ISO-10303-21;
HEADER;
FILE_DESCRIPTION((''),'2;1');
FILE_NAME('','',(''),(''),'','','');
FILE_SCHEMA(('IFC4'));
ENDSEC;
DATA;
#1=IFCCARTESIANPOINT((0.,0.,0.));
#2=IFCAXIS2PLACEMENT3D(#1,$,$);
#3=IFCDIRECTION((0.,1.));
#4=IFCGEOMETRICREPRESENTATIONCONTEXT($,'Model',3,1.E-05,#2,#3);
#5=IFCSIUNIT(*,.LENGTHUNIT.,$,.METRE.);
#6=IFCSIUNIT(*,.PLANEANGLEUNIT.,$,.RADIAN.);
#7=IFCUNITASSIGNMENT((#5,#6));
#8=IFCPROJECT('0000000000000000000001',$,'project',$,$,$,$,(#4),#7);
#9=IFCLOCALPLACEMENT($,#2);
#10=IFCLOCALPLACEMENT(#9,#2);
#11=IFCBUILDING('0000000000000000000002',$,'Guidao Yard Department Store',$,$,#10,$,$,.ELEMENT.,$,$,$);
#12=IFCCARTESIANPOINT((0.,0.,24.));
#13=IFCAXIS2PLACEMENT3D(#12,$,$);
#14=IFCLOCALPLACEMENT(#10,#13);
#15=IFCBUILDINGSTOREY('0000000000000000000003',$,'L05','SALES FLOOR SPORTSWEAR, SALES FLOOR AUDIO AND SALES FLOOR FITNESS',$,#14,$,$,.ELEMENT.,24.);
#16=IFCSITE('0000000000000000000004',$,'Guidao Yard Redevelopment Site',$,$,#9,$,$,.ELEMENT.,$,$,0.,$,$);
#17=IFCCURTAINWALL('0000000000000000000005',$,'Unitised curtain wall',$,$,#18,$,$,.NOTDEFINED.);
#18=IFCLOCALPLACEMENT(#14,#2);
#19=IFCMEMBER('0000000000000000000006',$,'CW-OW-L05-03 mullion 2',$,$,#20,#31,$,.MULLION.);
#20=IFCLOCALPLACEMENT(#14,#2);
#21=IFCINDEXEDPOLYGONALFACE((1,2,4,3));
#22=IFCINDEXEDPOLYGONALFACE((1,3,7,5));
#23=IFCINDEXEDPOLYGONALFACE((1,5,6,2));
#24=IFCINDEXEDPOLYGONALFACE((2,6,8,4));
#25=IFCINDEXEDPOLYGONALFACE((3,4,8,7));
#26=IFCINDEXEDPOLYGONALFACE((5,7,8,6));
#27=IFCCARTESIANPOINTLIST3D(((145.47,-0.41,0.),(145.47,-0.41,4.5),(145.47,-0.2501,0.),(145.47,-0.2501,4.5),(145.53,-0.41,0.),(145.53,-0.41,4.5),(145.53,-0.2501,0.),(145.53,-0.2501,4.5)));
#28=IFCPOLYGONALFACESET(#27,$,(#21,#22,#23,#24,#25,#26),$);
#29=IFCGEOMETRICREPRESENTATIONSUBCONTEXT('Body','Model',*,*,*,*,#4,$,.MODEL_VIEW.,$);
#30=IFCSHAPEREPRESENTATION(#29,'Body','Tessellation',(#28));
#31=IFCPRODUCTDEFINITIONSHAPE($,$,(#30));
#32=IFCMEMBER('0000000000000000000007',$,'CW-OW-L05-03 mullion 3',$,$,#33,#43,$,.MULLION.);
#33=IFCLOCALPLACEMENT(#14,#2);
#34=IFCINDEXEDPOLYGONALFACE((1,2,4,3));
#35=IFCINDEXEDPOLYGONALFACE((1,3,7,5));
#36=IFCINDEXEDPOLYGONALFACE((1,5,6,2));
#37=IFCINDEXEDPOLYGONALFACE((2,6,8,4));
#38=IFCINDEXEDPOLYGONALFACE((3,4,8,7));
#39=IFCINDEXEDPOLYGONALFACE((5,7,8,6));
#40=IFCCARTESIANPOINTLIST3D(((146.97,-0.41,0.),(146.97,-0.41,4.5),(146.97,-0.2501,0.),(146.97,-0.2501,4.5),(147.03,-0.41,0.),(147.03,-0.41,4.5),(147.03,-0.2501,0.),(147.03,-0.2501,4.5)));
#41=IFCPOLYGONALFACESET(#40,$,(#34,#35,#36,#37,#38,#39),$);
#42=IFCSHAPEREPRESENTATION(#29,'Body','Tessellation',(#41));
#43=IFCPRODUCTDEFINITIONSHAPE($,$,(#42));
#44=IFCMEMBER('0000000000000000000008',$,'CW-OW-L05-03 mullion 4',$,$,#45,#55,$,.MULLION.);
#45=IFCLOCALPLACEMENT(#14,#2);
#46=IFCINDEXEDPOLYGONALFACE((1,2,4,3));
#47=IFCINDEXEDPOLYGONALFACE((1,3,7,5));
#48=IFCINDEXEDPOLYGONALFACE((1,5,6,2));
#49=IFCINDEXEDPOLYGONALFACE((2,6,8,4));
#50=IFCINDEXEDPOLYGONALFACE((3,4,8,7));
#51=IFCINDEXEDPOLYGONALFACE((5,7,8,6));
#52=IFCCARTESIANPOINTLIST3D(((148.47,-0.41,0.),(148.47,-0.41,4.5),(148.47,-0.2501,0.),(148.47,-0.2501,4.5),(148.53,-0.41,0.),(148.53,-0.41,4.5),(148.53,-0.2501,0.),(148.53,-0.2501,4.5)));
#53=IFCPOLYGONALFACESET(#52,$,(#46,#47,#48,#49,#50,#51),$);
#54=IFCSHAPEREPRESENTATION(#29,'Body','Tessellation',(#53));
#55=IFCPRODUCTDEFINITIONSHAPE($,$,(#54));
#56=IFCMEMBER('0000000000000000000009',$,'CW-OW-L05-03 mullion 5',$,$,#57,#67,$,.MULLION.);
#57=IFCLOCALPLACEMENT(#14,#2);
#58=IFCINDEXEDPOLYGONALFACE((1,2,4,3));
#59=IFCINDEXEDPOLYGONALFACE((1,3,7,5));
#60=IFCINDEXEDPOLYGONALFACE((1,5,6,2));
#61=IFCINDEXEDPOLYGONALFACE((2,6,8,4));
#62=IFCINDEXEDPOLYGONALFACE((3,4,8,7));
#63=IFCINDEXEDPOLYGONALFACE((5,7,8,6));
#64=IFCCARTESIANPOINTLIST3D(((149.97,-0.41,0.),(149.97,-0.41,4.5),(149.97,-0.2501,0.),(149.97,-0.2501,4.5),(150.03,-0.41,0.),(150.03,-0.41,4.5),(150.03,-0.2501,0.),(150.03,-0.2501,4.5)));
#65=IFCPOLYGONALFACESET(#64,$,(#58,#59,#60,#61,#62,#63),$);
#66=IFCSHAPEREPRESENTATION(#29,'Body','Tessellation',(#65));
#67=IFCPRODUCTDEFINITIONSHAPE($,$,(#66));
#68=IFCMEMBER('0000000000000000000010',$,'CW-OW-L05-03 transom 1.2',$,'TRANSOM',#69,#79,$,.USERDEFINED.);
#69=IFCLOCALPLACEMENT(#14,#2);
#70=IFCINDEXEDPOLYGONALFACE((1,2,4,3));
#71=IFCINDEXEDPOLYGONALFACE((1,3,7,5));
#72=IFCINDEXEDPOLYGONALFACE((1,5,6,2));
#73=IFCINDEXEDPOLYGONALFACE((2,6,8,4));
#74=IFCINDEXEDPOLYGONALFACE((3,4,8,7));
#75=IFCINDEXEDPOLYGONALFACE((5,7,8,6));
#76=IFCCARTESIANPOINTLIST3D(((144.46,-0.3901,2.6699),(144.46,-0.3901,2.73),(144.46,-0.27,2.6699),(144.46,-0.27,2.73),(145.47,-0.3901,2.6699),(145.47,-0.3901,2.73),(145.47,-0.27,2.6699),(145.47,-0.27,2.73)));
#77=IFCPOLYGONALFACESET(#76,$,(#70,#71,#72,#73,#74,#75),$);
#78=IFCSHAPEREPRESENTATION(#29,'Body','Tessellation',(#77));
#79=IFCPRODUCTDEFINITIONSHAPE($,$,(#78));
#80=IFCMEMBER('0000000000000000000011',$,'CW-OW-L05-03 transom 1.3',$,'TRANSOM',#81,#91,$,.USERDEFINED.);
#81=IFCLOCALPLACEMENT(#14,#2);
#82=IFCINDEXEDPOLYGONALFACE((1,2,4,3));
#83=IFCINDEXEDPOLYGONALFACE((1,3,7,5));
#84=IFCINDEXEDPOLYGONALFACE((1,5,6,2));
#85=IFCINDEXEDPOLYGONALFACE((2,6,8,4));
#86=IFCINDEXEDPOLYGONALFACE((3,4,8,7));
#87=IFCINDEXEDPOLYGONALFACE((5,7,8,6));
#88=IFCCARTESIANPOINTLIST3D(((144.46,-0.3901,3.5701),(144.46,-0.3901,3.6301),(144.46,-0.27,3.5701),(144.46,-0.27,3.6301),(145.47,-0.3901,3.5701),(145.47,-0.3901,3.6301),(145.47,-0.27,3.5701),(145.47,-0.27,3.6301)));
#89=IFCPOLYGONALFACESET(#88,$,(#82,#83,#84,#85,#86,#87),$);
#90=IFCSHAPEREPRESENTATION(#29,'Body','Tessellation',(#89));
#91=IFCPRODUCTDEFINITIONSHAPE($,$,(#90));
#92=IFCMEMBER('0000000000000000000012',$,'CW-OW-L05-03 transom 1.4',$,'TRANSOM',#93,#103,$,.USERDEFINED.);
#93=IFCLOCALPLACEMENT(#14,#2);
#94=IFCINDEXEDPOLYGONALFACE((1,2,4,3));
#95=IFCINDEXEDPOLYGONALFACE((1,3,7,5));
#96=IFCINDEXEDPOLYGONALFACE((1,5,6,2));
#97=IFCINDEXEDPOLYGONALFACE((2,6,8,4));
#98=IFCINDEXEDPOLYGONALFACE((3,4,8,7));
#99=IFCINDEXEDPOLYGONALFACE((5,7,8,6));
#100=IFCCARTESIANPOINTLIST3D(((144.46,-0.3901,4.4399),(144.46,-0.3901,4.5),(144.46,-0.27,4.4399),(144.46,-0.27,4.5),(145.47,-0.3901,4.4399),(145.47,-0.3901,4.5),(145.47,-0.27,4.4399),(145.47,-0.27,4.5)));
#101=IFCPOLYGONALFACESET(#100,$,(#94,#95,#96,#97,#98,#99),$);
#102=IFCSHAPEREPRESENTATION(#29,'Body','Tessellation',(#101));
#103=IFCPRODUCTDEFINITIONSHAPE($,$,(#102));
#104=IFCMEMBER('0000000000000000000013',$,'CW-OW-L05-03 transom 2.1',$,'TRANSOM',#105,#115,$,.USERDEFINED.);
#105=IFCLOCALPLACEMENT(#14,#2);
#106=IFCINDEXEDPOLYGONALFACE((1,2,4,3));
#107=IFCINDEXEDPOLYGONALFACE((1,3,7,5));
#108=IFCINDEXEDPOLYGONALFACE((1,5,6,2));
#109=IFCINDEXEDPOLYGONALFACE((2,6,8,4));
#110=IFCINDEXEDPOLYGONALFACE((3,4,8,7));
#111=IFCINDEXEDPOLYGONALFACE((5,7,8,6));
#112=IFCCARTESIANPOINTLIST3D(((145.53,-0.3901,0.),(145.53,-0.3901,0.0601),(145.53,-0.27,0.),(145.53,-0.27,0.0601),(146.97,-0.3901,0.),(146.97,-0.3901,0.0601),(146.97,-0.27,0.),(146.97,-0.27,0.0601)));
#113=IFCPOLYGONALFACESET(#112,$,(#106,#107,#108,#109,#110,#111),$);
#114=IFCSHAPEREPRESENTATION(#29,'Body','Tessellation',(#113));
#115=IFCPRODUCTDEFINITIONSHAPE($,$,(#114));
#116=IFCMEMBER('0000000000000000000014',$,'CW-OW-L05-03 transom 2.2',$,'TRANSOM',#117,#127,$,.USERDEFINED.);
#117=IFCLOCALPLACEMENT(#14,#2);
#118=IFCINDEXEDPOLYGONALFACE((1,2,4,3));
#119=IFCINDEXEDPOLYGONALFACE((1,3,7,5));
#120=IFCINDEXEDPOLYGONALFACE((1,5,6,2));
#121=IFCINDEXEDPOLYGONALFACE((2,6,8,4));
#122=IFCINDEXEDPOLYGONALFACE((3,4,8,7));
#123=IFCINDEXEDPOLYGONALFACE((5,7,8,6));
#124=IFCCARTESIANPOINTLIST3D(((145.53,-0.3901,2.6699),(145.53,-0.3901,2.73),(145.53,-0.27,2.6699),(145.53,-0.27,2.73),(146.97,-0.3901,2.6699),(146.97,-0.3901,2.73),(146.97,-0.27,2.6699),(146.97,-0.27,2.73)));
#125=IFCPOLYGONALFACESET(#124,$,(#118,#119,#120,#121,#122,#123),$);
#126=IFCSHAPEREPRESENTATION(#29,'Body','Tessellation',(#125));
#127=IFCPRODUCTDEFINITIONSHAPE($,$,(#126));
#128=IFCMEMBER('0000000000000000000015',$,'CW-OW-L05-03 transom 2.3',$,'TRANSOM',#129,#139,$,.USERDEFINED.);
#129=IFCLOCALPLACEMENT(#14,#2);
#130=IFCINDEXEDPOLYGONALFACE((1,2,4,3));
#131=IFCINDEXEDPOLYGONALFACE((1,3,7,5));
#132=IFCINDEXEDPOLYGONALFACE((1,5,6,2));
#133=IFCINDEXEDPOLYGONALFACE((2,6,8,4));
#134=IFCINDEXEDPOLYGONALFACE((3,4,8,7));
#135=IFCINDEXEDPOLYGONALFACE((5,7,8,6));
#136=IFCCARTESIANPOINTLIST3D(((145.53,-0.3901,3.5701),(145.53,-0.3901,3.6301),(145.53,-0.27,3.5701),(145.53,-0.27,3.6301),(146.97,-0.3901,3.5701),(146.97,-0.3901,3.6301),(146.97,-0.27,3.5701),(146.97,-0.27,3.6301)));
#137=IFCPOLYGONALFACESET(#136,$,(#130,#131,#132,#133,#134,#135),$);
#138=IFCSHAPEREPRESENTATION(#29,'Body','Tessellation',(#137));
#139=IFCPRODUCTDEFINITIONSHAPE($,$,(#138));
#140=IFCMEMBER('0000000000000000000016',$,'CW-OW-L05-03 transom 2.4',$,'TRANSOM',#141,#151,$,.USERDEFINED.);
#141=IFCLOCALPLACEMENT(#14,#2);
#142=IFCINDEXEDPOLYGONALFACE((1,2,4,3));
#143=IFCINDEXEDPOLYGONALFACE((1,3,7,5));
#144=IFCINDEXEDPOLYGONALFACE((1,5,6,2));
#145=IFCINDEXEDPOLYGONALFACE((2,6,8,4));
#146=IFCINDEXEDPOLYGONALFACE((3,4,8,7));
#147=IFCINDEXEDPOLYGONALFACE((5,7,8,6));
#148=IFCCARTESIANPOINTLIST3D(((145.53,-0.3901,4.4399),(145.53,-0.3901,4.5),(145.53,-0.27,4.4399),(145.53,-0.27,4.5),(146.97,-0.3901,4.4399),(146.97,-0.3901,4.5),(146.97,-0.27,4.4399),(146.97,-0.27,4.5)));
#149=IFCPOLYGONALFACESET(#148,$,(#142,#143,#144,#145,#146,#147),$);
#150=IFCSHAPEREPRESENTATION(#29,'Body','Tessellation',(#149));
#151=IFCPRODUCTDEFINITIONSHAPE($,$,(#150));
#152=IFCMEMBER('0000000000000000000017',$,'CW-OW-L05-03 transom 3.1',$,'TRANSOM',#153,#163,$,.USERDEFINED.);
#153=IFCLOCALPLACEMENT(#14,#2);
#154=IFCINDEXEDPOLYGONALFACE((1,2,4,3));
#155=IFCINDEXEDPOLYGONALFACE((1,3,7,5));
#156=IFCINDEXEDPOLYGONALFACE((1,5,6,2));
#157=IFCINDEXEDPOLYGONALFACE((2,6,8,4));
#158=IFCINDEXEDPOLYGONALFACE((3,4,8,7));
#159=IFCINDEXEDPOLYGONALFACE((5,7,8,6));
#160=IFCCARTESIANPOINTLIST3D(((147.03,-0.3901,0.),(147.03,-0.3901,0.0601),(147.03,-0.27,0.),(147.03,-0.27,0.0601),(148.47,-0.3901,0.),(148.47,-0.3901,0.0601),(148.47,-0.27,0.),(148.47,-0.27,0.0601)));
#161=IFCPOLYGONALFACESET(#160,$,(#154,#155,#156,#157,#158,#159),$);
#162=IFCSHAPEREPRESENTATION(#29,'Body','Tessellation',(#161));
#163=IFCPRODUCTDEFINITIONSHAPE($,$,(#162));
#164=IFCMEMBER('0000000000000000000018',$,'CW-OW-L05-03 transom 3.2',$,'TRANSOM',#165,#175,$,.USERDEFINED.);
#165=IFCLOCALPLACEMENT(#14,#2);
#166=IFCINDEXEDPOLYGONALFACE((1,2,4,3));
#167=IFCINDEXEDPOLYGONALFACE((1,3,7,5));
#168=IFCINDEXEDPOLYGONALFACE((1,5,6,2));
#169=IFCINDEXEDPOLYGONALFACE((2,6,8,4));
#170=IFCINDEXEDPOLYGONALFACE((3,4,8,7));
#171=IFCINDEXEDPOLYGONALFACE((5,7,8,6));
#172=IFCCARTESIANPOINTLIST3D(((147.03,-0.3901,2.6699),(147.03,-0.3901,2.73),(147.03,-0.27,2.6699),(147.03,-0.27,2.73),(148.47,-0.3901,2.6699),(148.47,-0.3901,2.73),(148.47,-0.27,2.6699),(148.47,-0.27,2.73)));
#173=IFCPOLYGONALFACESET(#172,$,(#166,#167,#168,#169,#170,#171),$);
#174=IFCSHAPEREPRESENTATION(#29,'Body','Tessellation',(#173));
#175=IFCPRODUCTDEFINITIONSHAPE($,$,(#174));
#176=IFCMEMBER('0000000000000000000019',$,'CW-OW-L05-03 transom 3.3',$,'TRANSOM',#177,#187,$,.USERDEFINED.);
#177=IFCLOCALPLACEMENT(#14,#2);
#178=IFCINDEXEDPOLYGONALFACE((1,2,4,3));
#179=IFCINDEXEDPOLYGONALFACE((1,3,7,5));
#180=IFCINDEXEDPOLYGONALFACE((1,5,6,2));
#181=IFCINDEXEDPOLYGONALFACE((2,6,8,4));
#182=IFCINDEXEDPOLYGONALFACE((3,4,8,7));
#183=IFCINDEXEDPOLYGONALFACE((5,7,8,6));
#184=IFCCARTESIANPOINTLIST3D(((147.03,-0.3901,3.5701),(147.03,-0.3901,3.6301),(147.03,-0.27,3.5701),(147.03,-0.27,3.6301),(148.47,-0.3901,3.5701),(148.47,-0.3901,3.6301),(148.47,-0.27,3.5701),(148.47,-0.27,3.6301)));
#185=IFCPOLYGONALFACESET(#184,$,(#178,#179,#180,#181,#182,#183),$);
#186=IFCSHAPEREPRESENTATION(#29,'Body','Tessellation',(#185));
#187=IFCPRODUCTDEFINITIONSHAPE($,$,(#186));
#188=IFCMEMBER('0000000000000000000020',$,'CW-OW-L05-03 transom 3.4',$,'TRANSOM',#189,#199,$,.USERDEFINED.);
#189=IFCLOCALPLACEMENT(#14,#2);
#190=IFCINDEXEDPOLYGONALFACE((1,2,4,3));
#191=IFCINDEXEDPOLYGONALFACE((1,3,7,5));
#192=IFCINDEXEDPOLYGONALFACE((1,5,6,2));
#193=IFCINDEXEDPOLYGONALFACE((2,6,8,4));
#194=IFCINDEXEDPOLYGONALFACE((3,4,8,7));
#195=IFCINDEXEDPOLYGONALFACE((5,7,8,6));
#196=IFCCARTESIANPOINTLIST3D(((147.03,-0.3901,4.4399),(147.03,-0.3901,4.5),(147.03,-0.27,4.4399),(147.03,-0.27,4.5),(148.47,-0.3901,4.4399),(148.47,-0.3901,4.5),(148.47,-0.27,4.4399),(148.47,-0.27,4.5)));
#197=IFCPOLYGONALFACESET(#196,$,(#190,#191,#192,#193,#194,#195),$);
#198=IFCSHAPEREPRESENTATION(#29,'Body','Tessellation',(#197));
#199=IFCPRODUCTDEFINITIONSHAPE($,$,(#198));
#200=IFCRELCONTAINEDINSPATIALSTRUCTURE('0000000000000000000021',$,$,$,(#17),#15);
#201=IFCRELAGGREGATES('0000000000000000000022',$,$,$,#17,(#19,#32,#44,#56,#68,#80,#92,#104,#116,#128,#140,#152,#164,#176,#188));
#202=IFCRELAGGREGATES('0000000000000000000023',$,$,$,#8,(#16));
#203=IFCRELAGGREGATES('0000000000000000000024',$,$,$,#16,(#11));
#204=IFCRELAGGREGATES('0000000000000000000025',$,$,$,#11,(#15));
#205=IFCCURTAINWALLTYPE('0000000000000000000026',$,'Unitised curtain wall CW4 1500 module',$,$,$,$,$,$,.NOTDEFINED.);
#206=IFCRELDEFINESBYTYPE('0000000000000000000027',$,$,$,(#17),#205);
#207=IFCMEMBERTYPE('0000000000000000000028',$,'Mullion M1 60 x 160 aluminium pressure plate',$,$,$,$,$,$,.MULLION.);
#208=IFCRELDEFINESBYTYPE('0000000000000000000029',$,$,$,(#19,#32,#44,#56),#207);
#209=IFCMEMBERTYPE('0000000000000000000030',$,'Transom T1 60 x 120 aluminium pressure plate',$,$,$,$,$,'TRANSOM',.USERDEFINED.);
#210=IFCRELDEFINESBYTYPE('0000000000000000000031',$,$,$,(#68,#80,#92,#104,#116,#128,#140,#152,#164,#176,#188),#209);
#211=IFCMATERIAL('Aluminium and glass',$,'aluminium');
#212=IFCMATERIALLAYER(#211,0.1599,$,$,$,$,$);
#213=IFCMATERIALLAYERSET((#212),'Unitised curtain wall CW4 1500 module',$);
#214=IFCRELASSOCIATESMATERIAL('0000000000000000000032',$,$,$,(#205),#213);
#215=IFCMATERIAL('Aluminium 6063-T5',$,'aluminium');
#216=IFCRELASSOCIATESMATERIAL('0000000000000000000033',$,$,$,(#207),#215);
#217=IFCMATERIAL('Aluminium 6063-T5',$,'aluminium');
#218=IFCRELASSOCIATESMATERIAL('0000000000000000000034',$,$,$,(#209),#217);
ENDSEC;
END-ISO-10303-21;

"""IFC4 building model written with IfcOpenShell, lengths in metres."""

from ifc_helpers import new_model, si_unit, direction, frame, origin, origin_2d, place, context, subcontext, project, spatial, rectangle, extrude, material, layer, layer_set, material_profile, profile_set, type_object, element, aggregate, save


model = new_model("IFC4")

# Units and contexts
model_context = context("Model", 3, precision=1e-05, world=origin(), true_north=direction((0.0, 1.0)))
body_context = subcontext(model_context, "Body", "Model", "MODEL_VIEW")
ifc_project = project(units=[si_unit("LENGTHUNIT", "METRE"), si_unit("PLANEANGLEUNIT", "RADIAN")], contexts=[model_context])

# Site, building, storey
site_placement = place(None, origin())
site = spatial("IfcSite", under=ifc_project, at=site_placement, Name="Guidao Yard Redevelopment Site", CompositionType="ELEMENT", RefElevation=0.0)
building_placement = place(site_placement, origin())
building = spatial("IfcBuilding", under=site, at=building_placement, Name="Guidao Yard Department Store", CompositionType="ELEMENT")
storey_placement = place(building_placement, frame((0.0, 0.0, 24.0)))
storey = spatial("IfcBuildingStorey", under=building, at=storey_placement, Name="L05", Description="SALES FLOOR SPORTSWEAR, SALES FLOOR AUDIO AND SALES FLOOR FITNESS", CompositionType="ELEMENT", Elevation=24.0)

# Curtain wall, members
ifc_material_1 = material(Name="Aluminium and glass", Category="aluminium")
ifc_layer_1 = layer(ifc_material_1, 0.1599)
ifc_layer_set_1 = layer_set([ifc_layer_1], Name="Unitised curtain wall CW4 1500 module")
curtain_wall_type = type_object("IfcCurtainWallType", Name="Unitised curtain wall CW4 1500 module", PredefinedType="NOTDEFINED", material=ifc_layer_set_1)
curtain_wall_placement = place(storey_placement, origin())
curtain_wall = element("IfcCurtainWall", 1, at=curtain_wall_placement, inside=storey, type_object=curtain_wall_type, Name="Unitised curtain wall", PredefinedType="NOTDEFINED")
ifc_material_2 = material(Name="Aluminium 6063-T5", Category="aluminium")
ifc_material_profile_1 = material_profile(ifc_material_2, rectangle(XDim=0.0601, YDim=0.1599, at=origin_2d()), Name="Mullion M1 60 x 160 aluminium pressure plate")
ifc_profile_set_1 = profile_set([ifc_material_profile_1], Name="Aluminium 6063-T5")
member_type_1 = type_object("IfcMemberType", Name="Mullion M1 60 x 160 aluminium pressure plate", PredefinedType="MULLION", material=ifc_profile_set_1)
member_1_placement = place(storey_placement, frame((145.5, -0.3301, 0.0), z_axis=(0.0, 0.0, 1.0), x_axis=(-1.0, 0.0, 0.0)))
member_1 = element("IfcMember", 2, at=member_1_placement, type_object=member_type_1, Name="CW-OW-L05-03 mullion 2", PredefinedType="MULLION", context=body_context, shape_type="SweptSolid", body=[
    extrude(rectangle(XDim=0.0601, YDim=0.1599, at=origin_2d()), origin(), (0.0, 0.0, 1.0), 4.5),
])
member_2_placement = place(storey_placement, frame((147.0, -0.3301, 0.0), z_axis=(0.0, 0.0, 1.0), x_axis=(-1.0, 0.0, 0.0)))
member_2 = element("IfcMember", 3, at=member_2_placement, type_object=member_type_1, Name="CW-OW-L05-03 mullion 3", PredefinedType="MULLION", context=body_context, shape_type="SweptSolid", body=[
    extrude(rectangle(XDim=0.0601, YDim=0.1599, at=origin_2d()), origin(), (0.0, 0.0, 1.0), 4.5),
])
member_3_placement = place(storey_placement, frame((148.5, -0.3301, 0.0), z_axis=(0.0, 0.0, 1.0), x_axis=(-1.0, 0.0, 0.0)))
member_3 = element("IfcMember", 4, at=member_3_placement, type_object=member_type_1, Name="CW-OW-L05-03 mullion 4", PredefinedType="MULLION", context=body_context, shape_type="SweptSolid", body=[
    extrude(rectangle(XDim=0.0601, YDim=0.1599, at=origin_2d()), origin(), (0.0, 0.0, 1.0), 4.5),
])
member_4_placement = place(storey_placement, frame((150.0, -0.3301, 0.0), z_axis=(0.0, 0.0, 1.0), x_axis=(-1.0, 0.0, 0.0)))
member_4 = element("IfcMember", 5, at=member_4_placement, type_object=member_type_1, Name="CW-OW-L05-03 mullion 5", PredefinedType="MULLION", context=body_context, shape_type="SweptSolid", body=[
    extrude(rectangle(XDim=0.0601, YDim=0.1599, at=origin_2d()), origin(), (0.0, 0.0, 1.0), 4.5),
])
ifc_material_3 = material(Name="Aluminium 6063-T5", Category="aluminium")
ifc_material_profile_2 = material_profile(ifc_material_3, rectangle(XDim=0.1201, YDim=0.0601, at=origin_2d()), Name="Transom T1 60 x 120 aluminium pressure plate")
ifc_profile_set_2 = profile_set([ifc_material_profile_2], Name="Aluminium 6063-T5")
member_type_2 = type_object("IfcMemberType", Name="Transom T1 60 x 120 aluminium pressure plate", ElementType="TRANSOM", PredefinedType="USERDEFINED", material=ifc_profile_set_2)
member_5_placement = place(storey_placement, frame((145.47, -0.3301, 2.7), z_axis=(-1.0, 0.0, 0.0), x_axis=(0.0, -1.0, 0.0)))
member_5 = element("IfcMember", 6, at=member_5_placement, type_object=member_type_2, Name="CW-OW-L05-03 transom 1.2", ObjectType="TRANSOM", PredefinedType="USERDEFINED", context=body_context, shape_type="SweptSolid", body=[
    extrude(rectangle(XDim=0.1201, YDim=0.0601, at=origin_2d()), origin(), (0.0, 0.0, 1.0), 1.01),
])
member_6_placement = place(storey_placement, frame((145.47, -0.3301, 3.6001), z_axis=(-1.0, 0.0, 0.0), x_axis=(0.0, -1.0, 0.0)))
member_6 = element("IfcMember", 7, at=member_6_placement, type_object=member_type_2, Name="CW-OW-L05-03 transom 1.3", ObjectType="TRANSOM", PredefinedType="USERDEFINED", context=body_context, shape_type="SweptSolid", body=[
    extrude(rectangle(XDim=0.1201, YDim=0.0601, at=origin_2d()), origin(), (0.0, 0.0, 1.0), 1.01),
])
member_7_placement = place(storey_placement, frame((145.47, -0.3301, 4.47), z_axis=(-1.0, 0.0, 0.0), x_axis=(0.0, -1.0, 0.0)))
member_7 = element("IfcMember", 8, at=member_7_placement, type_object=member_type_2, Name="CW-OW-L05-03 transom 1.4", ObjectType="TRANSOM", PredefinedType="USERDEFINED", context=body_context, shape_type="SweptSolid", body=[
    extrude(rectangle(XDim=0.1201, YDim=0.0601, at=origin_2d()), origin(), (0.0, 0.0, 1.0), 1.01),
])
member_8_placement = place(storey_placement, frame((146.97, -0.3301, 0.03), z_axis=(-1.0, 0.0, 0.0), x_axis=(0.0, -1.0, 0.0)))
member_8 = element("IfcMember", 9, at=member_8_placement, type_object=member_type_2, Name="CW-OW-L05-03 transom 2.1", ObjectType="TRANSOM", PredefinedType="USERDEFINED", context=body_context, shape_type="SweptSolid", body=[
    extrude(rectangle(XDim=0.1201, YDim=0.0601, at=origin_2d()), origin(), (0.0, 0.0, 1.0), 1.4399),
])
member_9_placement = place(storey_placement, frame((146.97, -0.3301, 2.7), z_axis=(-1.0, 0.0, 0.0), x_axis=(0.0, -1.0, 0.0)))
member_9 = element("IfcMember", 10, at=member_9_placement, type_object=member_type_2, Name="CW-OW-L05-03 transom 2.2", ObjectType="TRANSOM", PredefinedType="USERDEFINED", context=body_context, shape_type="SweptSolid", body=[
    extrude(rectangle(XDim=0.1201, YDim=0.0601, at=origin_2d()), origin(), (0.0, 0.0, 1.0), 1.4399),
])
member_10_placement = place(storey_placement, frame((146.97, -0.3301, 3.6001), z_axis=(-1.0, 0.0, 0.0), x_axis=(0.0, -1.0, 0.0)))
member_10 = element("IfcMember", 11, at=member_10_placement, type_object=member_type_2, Name="CW-OW-L05-03 transom 2.3", ObjectType="TRANSOM", PredefinedType="USERDEFINED", context=body_context, shape_type="SweptSolid", body=[
    extrude(rectangle(XDim=0.1201, YDim=0.0601, at=origin_2d()), origin(), (0.0, 0.0, 1.0), 1.4399),
])
member_11_placement = place(storey_placement, frame((146.97, -0.3301, 4.47), z_axis=(-1.0, 0.0, 0.0), x_axis=(0.0, -1.0, 0.0)))
member_11 = element("IfcMember", 12, at=member_11_placement, type_object=member_type_2, Name="CW-OW-L05-03 transom 2.4", ObjectType="TRANSOM", PredefinedType="USERDEFINED", context=body_context, shape_type="SweptSolid", body=[
    extrude(rectangle(XDim=0.1201, YDim=0.0601, at=origin_2d()), origin(), (0.0, 0.0, 1.0), 1.4399),
])
member_12_placement = place(storey_placement, frame((148.47, -0.3301, 0.03), z_axis=(-1.0, 0.0, 0.0), x_axis=(0.0, -1.0, 0.0)))
member_12 = element("IfcMember", 13, at=member_12_placement, type_object=member_type_2, Name="CW-OW-L05-03 transom 3.1", ObjectType="TRANSOM", PredefinedType="USERDEFINED", context=body_context, shape_type="SweptSolid", body=[
    extrude(rectangle(XDim=0.1201, YDim=0.0601, at=origin_2d()), origin(), (0.0, 0.0, 1.0), 1.4399),
])
member_13_placement = place(storey_placement, frame((148.47, -0.3301, 2.7), z_axis=(-1.0, 0.0, 0.0), x_axis=(0.0, -1.0, 0.0)))
member_13 = element("IfcMember", 14, at=member_13_placement, type_object=member_type_2, Name="CW-OW-L05-03 transom 3.2", ObjectType="TRANSOM", PredefinedType="USERDEFINED", context=body_context, shape_type="SweptSolid", body=[
    extrude(rectangle(XDim=0.1201, YDim=0.0601, at=origin_2d()), origin(), (0.0, 0.0, 1.0), 1.4399),
])
member_14_placement = place(storey_placement, frame((148.47, -0.3301, 3.6001), z_axis=(-1.0, 0.0, 0.0), x_axis=(0.0, -1.0, 0.0)))
member_14 = element("IfcMember", 15, at=member_14_placement, type_object=member_type_2, Name="CW-OW-L05-03 transom 3.3", ObjectType="TRANSOM", PredefinedType="USERDEFINED", context=body_context, shape_type="SweptSolid", body=[
    extrude(rectangle(XDim=0.1201, YDim=0.0601, at=origin_2d()), origin(), (0.0, 0.0, 1.0), 1.4399),
])
member_15_placement = place(storey_placement, frame((148.47, -0.3301, 4.47), z_axis=(-1.0, 0.0, 0.0), x_axis=(0.0, -1.0, 0.0)))
member_15 = element("IfcMember", 16, at=member_15_placement, type_object=member_type_2, Name="CW-OW-L05-03 transom 3.4", ObjectType="TRANSOM", PredefinedType="USERDEFINED", context=body_context, shape_type="SweptSolid", body=[
    extrude(rectangle(XDim=0.1201, YDim=0.0601, at=origin_2d()), origin(), (0.0, 0.0, 1.0), 1.4399),
])
aggregate(curtain_wall, [member_1, member_2, member_3, member_4, member_5, member_6, member_7, member_8, member_9, member_10, member_11, member_12, member_13, member_14, member_15])

save(model, "model.ifc")
